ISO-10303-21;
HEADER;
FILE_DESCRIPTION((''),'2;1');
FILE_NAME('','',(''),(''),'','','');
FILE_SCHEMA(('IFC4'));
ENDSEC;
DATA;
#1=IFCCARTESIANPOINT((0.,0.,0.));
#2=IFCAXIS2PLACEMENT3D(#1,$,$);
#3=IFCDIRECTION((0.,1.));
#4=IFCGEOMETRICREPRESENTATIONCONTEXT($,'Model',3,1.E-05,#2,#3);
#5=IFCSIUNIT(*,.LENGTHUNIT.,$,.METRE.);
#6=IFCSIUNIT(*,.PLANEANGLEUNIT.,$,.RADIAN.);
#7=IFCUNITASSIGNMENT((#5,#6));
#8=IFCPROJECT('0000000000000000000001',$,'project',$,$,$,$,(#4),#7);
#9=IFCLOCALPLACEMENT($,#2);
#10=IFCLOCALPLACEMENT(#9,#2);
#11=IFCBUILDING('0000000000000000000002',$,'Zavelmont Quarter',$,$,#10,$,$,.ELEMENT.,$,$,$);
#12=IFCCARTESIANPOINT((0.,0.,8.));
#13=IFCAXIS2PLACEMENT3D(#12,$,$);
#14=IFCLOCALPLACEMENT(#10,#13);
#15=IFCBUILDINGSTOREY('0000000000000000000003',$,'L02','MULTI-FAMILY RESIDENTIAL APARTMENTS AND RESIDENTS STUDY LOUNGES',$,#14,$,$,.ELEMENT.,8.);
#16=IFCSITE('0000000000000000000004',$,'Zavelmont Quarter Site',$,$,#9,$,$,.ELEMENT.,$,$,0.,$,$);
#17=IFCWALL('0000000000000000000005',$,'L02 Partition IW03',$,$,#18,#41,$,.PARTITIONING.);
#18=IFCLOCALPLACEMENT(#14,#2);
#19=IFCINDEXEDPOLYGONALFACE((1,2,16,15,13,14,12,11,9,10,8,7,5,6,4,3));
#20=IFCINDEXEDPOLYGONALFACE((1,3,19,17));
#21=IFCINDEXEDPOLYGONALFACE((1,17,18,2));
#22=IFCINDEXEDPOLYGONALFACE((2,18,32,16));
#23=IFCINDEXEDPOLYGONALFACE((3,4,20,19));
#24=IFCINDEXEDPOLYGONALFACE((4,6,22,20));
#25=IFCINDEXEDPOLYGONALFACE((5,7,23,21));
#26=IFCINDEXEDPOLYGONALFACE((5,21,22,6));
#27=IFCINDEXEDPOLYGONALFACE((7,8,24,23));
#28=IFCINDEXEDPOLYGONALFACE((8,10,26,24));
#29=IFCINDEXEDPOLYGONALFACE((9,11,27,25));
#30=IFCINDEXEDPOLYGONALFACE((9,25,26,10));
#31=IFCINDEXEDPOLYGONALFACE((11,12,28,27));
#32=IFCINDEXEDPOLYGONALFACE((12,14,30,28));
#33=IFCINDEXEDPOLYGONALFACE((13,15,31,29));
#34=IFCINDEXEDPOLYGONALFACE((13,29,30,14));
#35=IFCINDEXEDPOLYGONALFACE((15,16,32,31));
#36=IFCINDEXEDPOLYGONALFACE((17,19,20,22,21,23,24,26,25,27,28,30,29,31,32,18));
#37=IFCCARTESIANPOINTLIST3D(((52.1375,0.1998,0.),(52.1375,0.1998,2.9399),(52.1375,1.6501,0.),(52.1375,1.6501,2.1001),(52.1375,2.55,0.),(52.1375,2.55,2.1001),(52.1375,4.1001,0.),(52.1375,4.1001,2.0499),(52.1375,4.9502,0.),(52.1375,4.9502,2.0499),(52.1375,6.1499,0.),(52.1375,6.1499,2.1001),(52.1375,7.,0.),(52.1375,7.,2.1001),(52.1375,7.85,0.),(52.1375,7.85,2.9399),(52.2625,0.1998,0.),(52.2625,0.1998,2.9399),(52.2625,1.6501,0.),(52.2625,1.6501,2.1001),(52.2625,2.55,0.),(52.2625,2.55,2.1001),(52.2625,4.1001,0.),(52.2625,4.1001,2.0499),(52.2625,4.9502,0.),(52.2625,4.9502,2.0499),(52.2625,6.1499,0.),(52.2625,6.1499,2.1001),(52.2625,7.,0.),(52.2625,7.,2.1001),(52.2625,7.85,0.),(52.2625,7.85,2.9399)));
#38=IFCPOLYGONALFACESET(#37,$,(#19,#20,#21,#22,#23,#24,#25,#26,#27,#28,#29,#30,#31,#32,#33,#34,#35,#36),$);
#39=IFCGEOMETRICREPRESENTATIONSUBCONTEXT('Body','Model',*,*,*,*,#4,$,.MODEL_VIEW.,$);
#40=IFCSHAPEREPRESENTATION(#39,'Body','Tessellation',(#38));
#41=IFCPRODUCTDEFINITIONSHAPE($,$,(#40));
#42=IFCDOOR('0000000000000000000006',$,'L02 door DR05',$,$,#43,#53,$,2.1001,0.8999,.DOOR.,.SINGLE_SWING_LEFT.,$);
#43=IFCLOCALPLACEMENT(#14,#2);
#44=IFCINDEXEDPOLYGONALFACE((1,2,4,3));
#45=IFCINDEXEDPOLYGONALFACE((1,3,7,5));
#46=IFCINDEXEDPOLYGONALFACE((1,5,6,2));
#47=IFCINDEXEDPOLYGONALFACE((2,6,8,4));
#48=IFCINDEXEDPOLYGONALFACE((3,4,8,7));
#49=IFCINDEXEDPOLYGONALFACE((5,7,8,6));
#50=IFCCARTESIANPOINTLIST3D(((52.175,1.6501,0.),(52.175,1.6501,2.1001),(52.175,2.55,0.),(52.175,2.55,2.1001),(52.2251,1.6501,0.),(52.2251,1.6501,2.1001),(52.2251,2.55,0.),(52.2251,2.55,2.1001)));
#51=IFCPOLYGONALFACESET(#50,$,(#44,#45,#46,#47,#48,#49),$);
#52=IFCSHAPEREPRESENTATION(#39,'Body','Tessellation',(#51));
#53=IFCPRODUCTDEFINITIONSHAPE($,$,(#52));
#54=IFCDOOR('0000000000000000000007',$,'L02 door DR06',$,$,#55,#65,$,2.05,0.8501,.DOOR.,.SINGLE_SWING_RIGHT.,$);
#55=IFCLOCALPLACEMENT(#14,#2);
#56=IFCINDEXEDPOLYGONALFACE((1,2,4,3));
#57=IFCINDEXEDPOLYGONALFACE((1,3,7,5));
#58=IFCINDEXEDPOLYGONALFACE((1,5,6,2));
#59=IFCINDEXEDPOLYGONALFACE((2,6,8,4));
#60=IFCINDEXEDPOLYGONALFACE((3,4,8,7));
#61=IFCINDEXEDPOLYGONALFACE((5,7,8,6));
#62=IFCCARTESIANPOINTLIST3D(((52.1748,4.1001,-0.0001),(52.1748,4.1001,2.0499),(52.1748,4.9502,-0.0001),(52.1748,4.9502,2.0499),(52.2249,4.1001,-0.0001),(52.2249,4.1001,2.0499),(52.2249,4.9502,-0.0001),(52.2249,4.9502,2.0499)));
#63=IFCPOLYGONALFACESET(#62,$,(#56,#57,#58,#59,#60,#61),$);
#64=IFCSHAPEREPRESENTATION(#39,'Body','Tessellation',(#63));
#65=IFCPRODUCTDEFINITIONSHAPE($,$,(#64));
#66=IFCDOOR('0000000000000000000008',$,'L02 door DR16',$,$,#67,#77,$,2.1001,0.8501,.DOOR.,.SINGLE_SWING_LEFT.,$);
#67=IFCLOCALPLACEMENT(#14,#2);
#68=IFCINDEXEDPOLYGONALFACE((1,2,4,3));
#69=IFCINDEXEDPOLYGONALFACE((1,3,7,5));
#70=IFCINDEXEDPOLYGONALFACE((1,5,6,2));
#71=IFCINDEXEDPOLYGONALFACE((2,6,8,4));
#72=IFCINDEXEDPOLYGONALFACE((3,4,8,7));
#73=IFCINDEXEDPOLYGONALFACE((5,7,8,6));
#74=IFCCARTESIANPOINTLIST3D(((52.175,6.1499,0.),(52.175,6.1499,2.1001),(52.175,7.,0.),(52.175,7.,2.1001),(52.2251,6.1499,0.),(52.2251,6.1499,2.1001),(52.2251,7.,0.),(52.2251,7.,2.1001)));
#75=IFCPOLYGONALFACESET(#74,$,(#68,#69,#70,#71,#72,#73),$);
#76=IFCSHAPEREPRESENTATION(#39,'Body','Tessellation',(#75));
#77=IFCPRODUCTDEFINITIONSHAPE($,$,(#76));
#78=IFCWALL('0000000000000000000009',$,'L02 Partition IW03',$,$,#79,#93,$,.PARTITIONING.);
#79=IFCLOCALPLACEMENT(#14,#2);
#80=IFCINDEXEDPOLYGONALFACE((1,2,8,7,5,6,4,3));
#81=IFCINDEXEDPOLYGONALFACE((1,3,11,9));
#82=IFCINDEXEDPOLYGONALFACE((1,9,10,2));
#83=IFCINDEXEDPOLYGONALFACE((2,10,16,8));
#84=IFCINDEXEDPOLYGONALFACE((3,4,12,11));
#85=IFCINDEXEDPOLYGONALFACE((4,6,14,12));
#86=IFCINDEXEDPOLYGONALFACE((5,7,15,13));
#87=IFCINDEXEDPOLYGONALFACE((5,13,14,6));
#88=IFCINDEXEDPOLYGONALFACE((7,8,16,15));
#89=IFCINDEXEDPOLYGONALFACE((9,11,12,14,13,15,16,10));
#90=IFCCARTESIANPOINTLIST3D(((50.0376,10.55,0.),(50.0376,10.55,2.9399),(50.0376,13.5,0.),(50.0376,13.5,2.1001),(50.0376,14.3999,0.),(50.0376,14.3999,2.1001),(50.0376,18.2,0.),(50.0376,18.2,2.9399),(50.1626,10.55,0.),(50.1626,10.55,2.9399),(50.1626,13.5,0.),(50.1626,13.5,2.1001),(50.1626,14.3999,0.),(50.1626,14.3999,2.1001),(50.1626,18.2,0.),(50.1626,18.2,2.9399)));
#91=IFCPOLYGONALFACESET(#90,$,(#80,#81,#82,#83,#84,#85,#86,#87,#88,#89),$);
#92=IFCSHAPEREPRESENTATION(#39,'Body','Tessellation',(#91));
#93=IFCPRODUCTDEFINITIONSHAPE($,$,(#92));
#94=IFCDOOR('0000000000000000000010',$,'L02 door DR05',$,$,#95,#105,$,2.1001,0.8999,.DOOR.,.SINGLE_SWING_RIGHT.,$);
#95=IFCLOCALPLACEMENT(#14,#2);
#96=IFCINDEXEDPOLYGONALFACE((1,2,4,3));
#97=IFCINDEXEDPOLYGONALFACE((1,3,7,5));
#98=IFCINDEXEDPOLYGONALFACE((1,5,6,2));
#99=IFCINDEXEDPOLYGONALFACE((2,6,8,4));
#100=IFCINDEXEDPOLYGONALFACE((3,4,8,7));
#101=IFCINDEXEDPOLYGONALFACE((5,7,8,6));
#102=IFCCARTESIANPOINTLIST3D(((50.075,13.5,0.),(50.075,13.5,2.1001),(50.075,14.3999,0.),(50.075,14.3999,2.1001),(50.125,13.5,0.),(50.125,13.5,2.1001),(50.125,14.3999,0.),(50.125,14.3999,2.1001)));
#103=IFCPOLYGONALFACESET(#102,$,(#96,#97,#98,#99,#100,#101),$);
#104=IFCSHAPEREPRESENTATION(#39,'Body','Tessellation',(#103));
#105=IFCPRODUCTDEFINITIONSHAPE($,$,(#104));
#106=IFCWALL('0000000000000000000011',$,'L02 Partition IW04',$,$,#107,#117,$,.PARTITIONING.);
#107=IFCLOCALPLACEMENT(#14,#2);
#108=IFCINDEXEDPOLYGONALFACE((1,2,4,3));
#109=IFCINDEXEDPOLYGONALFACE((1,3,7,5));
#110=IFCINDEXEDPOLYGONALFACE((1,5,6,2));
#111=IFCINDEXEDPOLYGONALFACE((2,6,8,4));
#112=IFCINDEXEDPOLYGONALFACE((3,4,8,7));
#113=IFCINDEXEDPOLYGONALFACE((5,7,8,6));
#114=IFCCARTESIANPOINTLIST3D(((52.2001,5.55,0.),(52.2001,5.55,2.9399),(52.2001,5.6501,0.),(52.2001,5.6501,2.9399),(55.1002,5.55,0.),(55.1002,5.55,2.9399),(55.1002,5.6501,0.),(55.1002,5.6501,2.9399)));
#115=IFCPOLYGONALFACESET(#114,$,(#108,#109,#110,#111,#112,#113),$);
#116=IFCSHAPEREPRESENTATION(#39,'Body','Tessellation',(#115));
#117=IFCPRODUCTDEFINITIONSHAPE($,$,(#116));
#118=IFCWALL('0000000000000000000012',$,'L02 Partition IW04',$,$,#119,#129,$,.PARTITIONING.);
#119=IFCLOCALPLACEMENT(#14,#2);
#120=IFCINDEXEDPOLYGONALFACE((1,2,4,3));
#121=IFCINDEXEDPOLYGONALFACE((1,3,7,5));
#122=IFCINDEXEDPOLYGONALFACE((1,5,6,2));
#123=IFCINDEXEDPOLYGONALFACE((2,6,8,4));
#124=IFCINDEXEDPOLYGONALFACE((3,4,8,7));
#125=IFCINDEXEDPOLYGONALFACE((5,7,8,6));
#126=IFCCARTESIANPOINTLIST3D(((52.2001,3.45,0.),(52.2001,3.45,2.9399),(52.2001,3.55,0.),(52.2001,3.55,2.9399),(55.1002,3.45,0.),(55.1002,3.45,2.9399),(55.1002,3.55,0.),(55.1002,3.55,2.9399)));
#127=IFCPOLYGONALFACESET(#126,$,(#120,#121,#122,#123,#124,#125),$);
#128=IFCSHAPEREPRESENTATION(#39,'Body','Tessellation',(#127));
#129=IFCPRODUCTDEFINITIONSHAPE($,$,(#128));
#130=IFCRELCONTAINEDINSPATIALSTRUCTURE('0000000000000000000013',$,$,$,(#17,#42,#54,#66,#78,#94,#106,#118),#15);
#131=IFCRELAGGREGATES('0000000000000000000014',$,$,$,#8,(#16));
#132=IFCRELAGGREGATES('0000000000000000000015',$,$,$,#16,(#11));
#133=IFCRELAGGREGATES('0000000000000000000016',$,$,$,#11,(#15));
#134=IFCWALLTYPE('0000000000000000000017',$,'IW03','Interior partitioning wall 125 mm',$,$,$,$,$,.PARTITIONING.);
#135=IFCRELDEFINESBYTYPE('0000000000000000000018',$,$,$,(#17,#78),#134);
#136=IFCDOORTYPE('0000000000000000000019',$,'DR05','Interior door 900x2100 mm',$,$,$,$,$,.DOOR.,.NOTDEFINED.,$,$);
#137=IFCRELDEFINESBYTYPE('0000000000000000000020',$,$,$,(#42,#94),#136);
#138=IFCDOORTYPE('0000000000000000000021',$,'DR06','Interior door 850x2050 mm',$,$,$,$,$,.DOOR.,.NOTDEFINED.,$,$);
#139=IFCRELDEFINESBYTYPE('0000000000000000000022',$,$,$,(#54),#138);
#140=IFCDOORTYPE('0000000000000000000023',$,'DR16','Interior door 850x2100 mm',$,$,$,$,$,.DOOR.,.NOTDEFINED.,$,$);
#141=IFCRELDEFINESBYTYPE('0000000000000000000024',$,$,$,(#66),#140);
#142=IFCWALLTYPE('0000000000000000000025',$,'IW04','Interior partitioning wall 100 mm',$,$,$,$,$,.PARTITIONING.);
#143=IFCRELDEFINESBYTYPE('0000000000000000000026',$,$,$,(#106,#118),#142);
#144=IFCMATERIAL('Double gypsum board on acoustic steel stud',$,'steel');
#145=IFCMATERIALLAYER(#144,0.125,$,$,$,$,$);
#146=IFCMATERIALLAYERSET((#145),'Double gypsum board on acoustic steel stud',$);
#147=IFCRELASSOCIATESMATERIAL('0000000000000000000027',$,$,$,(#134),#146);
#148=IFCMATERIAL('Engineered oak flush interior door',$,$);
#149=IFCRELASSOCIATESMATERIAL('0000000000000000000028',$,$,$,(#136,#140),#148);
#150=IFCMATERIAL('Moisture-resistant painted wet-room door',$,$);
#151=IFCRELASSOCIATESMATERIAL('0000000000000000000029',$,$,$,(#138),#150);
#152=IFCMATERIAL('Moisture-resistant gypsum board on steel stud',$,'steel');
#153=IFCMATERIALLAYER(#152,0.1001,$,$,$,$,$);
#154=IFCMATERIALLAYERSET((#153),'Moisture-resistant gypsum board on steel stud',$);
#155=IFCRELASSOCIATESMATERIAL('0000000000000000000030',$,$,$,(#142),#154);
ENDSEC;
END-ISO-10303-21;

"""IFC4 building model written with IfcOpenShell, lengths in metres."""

from ifc_helpers import new_model, si_unit, direction, frame, frame_2d, origin, origin_with_axes, place, context, subcontext, project, spatial, rectangle, extrude, material, layer, layer_set, type_object, element, fill, save


model = new_model("IFC4")

# Units and contexts
model_context = context("Model", 3, precision=1e-05, world=origin(), true_north=direction((0.0, 1.0)))
body_context = subcontext(model_context, "Body", "Model", "MODEL_VIEW")
ifc_project = project(units=[si_unit("LENGTHUNIT", "METRE"), si_unit("PLANEANGLEUNIT", "RADIAN")], contexts=[model_context])

# Site, building, storey
site_placement = place(None, origin())
site = spatial("IfcSite", under=ifc_project, at=site_placement, Name="Zavelmont Quarter Site", CompositionType="ELEMENT", RefElevation=0.0)
building_placement = place(site_placement, origin())
building = spatial("IfcBuilding", under=site, at=building_placement, Name="Zavelmont Quarter", CompositionType="ELEMENT")
storey_placement = place(building_placement, frame((0.0, 0.0, 8.0)))
storey = spatial("IfcBuildingStorey", under=building, at=storey_placement, Name="L02", Description="MULTI-FAMILY RESIDENTIAL APARTMENTS AND RESIDENTS STUDY LOUNGES", CompositionType="ELEMENT", Elevation=8.0)

# Wall, openings, doors
ifc_material_1 = material(Name="Double gypsum board on acoustic steel stud", Category="steel")
ifc_layer_1 = layer(ifc_material_1, 0.125)
ifc_layer_set_1 = layer_set([ifc_layer_1], Name="Double gypsum board on acoustic steel stud")
wall_type_1 = type_object("IfcWallType", Name="IW03", Description="Interior partitioning wall 125 mm", PredefinedType="PARTITIONING", material=ifc_layer_set_1)
wall_1_placement = place(storey_placement, frame((52.2, 7.8501, 0.0), z_axis=(0.0, 0.0, 1.0), x_axis=(0.0, -1.0, 0.0)))
wall_1 = element("IfcWall", 1, at=wall_1_placement, inside=storey, type_object=wall_type_1, Name="L02 Partition IW03", PredefinedType="PARTITIONING", context=body_context, shape_type="SweptSolid", body=[
    extrude(rectangle(XDim=7.6501, YDim=0.125, at=frame_2d((3.8252, 0.0))), origin(), (0.0, 0.0, 1.0), 2.9399),
])
opening_1_placement = place(wall_1_placement, frame((0.8501, 0.0, 0.0)))
opening_1 = element("IfcOpeningElement", 2, at=opening_1_placement, cuts=wall_1, PredefinedType="OPENING", context=body_context, shape_type="SweptSolid", body=[
    extrude(rectangle(XDim=0.8501, YDim=2.1001, at=frame_2d((0.425, 1.05))), frame((0.0, 0.0745, 0.0), z_axis=(0.0, -1.0, 0.0), x_axis=(1.0, 0.0, 0.0)), (0.0, 0.0, 1.0), 0.1489),
])
opening_2_placement = place(wall_1_placement, frame((2.8999, 0.0, 0.0)))
opening_2 = element("IfcOpeningElement", 3, at=opening_2_placement, cuts=wall_1, PredefinedType="OPENING", context=body_context, shape_type="SweptSolid", body=[
    extrude(rectangle(XDim=0.8501, YDim=2.05, at=frame_2d((0.425, 1.0249))), frame((0.0, 0.0745, 0.0), z_axis=(0.0, -1.0, 0.0), x_axis=(1.0, 0.0, 0.0)), (0.0, 0.0, 1.0), 0.1489),
])
opening_3_placement = place(wall_1_placement, frame((5.3, 0.0, 0.0)))
opening_3 = element("IfcOpeningElement", 4, at=opening_3_placement, cuts=wall_1, PredefinedType="OPENING", context=body_context, shape_type="SweptSolid", body=[
    extrude(rectangle(XDim=0.8999, YDim=2.1001, at=frame_2d((0.45, 1.05))), frame((0.0, 0.0745, 0.0), z_axis=(0.0, -1.0, 0.0), x_axis=(1.0, 0.0, 0.0)), (0.0, 0.0, 1.0), 0.1489),
])
ifc_material_2 = material(Name="Engineered oak flush interior door")
door_type_1 = type_object("IfcDoorType", Name="DR05", Description="Interior door 900x2100 mm", OperationType="NOTDEFINED", PredefinedType="DOOR", material=ifc_material_2)
door_1_placement = place(opening_3_placement, frame((0.8999, 0.0, 0.0), z_axis=(0.0, 0.0, 1.0), x_axis=(-1.0, 0.0, 0.0)))
door_1 = element("IfcDoor", 5, at=door_1_placement, inside=storey, type_object=door_type_1, Name="L02 door DR05", OperationType="SINGLE_SWING_LEFT", OverallHeight=2.1001, OverallWidth=0.8999, PredefinedType="DOOR", context=body_context, shape_type="SweptSolid", body=[
    extrude(rectangle(XDim=0.8999, YDim=2.1001, at=frame_2d((0.45, 1.05))), frame((0.0, 0.0249, 0.0), z_axis=(0.0, -1.0, 0.0), x_axis=(1.0, 0.0, 0.0)), (0.0, 0.0, 1.0), 0.05),
])
fill(opening_3, door_1)
ifc_material_3 = material(Name="Moisture-resistant painted wet-room door")
door_type_2 = type_object("IfcDoorType", Name="DR06", Description="Interior door 850x2050 mm", OperationType="NOTDEFINED", PredefinedType="DOOR", material=ifc_material_3)
door_2_placement = place(opening_2_placement, origin_with_axes())
door_2 = element("IfcDoor", 6, at=door_2_placement, inside=storey, type_object=door_type_2, Name="L02 door DR06", OperationType="SINGLE_SWING_RIGHT", OverallHeight=2.05, OverallWidth=0.8501, PredefinedType="DOOR", context=body_context, shape_type="SweptSolid", body=[
    extrude(rectangle(XDim=0.8501, YDim=2.05, at=frame_2d((0.425, 1.0249))), frame((0.0, 0.0249, 0.0), z_axis=(0.0, -1.0, 0.0), x_axis=(1.0, 0.0, 0.0)), (0.0, 0.0, 1.0), 0.05),
])
fill(opening_2, door_2)
door_type_3 = type_object("IfcDoorType", Name="DR16", Description="Interior door 850x2100 mm", OperationType="NOTDEFINED", PredefinedType="DOOR", material=ifc_material_2)
door_3_placement = place(opening_1_placement, frame((0.8501, 0.0, 0.0), z_axis=(0.0, 0.0, 1.0), x_axis=(-1.0, 0.0, 0.0)))
door_3 = element("IfcDoor", 7, at=door_3_placement, inside=storey, type_object=door_type_3, Name="L02 door DR16", OperationType="SINGLE_SWING_LEFT", OverallHeight=2.1001, OverallWidth=0.8501, PredefinedType="DOOR", context=body_context, shape_type="SweptSolid", body=[
    extrude(rectangle(XDim=0.8501, YDim=2.1001, at=frame_2d((0.425, 1.05))), frame((0.0, 0.0249, 0.0), z_axis=(0.0, -1.0, 0.0), x_axis=(1.0, 0.0, 0.0)), (0.0, 0.0, 1.0), 0.05),
])
fill(opening_1, door_3)

# Wall, opening, door
wall_2_placement = place(storey_placement, frame((50.1001, 10.55, 0.0), z_axis=(0.0, 0.0, 1.0), x_axis=(0.0, 1.0, 0.0)))
wall_2 = element("IfcWall", 8, at=wall_2_placement, inside=storey, type_object=wall_type_1, Name="L02 Partition IW03", PredefinedType="PARTITIONING", context=body_context, shape_type="SweptSolid", body=[
    extrude(rectangle(XDim=7.6499, YDim=0.125, at=frame_2d((3.825, 0.0))), origin(), (0.0, 0.0, 1.0), 2.9399),
])
opening_4_placement = place(wall_2_placement, frame((2.95, 0.0, 0.0)))
opening_4 = element("IfcOpeningElement", 9, at=opening_4_placement, cuts=wall_2, PredefinedType="OPENING", context=body_context, shape_type="SweptSolid", body=[
    extrude(rectangle(XDim=0.8999, YDim=2.1001, at=frame_2d((0.45, 1.05))), frame((0.0, 0.0745, 0.0), z_axis=(0.0, -1.0, 0.0), x_axis=(1.0, 0.0, 0.0)), (0.0, 0.0, 1.0), 0.1489),
])
door_4_placement = place(opening_4_placement, frame((0.8999, 0.0, 0.0), z_axis=(0.0, 0.0, 1.0), x_axis=(-1.0, 0.0, 0.0)))
door_4 = element("IfcDoor", 10, at=door_4_placement, inside=storey, type_object=door_type_1, Name="L02 door DR05", OperationType="SINGLE_SWING_RIGHT", OverallHeight=2.1001, OverallWidth=0.8999, PredefinedType="DOOR", context=body_context, shape_type="SweptSolid", body=[
    extrude(rectangle(XDim=0.8999, YDim=2.1001, at=frame_2d((0.45, 1.05))), frame((0.0, 0.0249, 0.0), z_axis=(0.0, -1.0, 0.0), x_axis=(1.0, 0.0, 0.0)), (0.0, 0.0, 1.0), 0.05),
])
fill(opening_4, door_4)

# Walls
ifc_material_4 = material(Name="Moisture-resistant gypsum board on steel stud", Category="steel")
ifc_layer_2 = layer(ifc_material_4, 0.1001)
ifc_layer_set_2 = layer_set([ifc_layer_2], Name="Moisture-resistant gypsum board on steel stud")
wall_type_2 = type_object("IfcWallType", Name="IW04", Description="Interior partitioning wall 100 mm", PredefinedType="PARTITIONING", material=ifc_layer_set_2)
for number, where, z_axis, x_axis, name in (
    (11, (52.2, 5.6001, 0.0), (0.0, 0.0, 1.0), (1.0, 0.0, 0.0), "L02 Partition IW04"),
    (12, (52.2, 3.5, 0.0), (0.0, 0.0, 1.0), (1.0, 0.0, 0.0), "L02 Partition IW04"),
):
    element("IfcWall", number, at=place(storey_placement, frame(where, z_axis=z_axis, x_axis=x_axis)), inside=storey, type_object=wall_type_2, Name=name, PredefinedType="PARTITIONING", context=body_context, shape_type="SweptSolid", body=[
        extrude(rectangle(XDim=2.9001, YDim=0.1001, at=frame_2d((1.4502, 0.0))), origin(), (0.0, 0.0, 1.0), 2.9399),
    ])

save(model, "model.ifc")
